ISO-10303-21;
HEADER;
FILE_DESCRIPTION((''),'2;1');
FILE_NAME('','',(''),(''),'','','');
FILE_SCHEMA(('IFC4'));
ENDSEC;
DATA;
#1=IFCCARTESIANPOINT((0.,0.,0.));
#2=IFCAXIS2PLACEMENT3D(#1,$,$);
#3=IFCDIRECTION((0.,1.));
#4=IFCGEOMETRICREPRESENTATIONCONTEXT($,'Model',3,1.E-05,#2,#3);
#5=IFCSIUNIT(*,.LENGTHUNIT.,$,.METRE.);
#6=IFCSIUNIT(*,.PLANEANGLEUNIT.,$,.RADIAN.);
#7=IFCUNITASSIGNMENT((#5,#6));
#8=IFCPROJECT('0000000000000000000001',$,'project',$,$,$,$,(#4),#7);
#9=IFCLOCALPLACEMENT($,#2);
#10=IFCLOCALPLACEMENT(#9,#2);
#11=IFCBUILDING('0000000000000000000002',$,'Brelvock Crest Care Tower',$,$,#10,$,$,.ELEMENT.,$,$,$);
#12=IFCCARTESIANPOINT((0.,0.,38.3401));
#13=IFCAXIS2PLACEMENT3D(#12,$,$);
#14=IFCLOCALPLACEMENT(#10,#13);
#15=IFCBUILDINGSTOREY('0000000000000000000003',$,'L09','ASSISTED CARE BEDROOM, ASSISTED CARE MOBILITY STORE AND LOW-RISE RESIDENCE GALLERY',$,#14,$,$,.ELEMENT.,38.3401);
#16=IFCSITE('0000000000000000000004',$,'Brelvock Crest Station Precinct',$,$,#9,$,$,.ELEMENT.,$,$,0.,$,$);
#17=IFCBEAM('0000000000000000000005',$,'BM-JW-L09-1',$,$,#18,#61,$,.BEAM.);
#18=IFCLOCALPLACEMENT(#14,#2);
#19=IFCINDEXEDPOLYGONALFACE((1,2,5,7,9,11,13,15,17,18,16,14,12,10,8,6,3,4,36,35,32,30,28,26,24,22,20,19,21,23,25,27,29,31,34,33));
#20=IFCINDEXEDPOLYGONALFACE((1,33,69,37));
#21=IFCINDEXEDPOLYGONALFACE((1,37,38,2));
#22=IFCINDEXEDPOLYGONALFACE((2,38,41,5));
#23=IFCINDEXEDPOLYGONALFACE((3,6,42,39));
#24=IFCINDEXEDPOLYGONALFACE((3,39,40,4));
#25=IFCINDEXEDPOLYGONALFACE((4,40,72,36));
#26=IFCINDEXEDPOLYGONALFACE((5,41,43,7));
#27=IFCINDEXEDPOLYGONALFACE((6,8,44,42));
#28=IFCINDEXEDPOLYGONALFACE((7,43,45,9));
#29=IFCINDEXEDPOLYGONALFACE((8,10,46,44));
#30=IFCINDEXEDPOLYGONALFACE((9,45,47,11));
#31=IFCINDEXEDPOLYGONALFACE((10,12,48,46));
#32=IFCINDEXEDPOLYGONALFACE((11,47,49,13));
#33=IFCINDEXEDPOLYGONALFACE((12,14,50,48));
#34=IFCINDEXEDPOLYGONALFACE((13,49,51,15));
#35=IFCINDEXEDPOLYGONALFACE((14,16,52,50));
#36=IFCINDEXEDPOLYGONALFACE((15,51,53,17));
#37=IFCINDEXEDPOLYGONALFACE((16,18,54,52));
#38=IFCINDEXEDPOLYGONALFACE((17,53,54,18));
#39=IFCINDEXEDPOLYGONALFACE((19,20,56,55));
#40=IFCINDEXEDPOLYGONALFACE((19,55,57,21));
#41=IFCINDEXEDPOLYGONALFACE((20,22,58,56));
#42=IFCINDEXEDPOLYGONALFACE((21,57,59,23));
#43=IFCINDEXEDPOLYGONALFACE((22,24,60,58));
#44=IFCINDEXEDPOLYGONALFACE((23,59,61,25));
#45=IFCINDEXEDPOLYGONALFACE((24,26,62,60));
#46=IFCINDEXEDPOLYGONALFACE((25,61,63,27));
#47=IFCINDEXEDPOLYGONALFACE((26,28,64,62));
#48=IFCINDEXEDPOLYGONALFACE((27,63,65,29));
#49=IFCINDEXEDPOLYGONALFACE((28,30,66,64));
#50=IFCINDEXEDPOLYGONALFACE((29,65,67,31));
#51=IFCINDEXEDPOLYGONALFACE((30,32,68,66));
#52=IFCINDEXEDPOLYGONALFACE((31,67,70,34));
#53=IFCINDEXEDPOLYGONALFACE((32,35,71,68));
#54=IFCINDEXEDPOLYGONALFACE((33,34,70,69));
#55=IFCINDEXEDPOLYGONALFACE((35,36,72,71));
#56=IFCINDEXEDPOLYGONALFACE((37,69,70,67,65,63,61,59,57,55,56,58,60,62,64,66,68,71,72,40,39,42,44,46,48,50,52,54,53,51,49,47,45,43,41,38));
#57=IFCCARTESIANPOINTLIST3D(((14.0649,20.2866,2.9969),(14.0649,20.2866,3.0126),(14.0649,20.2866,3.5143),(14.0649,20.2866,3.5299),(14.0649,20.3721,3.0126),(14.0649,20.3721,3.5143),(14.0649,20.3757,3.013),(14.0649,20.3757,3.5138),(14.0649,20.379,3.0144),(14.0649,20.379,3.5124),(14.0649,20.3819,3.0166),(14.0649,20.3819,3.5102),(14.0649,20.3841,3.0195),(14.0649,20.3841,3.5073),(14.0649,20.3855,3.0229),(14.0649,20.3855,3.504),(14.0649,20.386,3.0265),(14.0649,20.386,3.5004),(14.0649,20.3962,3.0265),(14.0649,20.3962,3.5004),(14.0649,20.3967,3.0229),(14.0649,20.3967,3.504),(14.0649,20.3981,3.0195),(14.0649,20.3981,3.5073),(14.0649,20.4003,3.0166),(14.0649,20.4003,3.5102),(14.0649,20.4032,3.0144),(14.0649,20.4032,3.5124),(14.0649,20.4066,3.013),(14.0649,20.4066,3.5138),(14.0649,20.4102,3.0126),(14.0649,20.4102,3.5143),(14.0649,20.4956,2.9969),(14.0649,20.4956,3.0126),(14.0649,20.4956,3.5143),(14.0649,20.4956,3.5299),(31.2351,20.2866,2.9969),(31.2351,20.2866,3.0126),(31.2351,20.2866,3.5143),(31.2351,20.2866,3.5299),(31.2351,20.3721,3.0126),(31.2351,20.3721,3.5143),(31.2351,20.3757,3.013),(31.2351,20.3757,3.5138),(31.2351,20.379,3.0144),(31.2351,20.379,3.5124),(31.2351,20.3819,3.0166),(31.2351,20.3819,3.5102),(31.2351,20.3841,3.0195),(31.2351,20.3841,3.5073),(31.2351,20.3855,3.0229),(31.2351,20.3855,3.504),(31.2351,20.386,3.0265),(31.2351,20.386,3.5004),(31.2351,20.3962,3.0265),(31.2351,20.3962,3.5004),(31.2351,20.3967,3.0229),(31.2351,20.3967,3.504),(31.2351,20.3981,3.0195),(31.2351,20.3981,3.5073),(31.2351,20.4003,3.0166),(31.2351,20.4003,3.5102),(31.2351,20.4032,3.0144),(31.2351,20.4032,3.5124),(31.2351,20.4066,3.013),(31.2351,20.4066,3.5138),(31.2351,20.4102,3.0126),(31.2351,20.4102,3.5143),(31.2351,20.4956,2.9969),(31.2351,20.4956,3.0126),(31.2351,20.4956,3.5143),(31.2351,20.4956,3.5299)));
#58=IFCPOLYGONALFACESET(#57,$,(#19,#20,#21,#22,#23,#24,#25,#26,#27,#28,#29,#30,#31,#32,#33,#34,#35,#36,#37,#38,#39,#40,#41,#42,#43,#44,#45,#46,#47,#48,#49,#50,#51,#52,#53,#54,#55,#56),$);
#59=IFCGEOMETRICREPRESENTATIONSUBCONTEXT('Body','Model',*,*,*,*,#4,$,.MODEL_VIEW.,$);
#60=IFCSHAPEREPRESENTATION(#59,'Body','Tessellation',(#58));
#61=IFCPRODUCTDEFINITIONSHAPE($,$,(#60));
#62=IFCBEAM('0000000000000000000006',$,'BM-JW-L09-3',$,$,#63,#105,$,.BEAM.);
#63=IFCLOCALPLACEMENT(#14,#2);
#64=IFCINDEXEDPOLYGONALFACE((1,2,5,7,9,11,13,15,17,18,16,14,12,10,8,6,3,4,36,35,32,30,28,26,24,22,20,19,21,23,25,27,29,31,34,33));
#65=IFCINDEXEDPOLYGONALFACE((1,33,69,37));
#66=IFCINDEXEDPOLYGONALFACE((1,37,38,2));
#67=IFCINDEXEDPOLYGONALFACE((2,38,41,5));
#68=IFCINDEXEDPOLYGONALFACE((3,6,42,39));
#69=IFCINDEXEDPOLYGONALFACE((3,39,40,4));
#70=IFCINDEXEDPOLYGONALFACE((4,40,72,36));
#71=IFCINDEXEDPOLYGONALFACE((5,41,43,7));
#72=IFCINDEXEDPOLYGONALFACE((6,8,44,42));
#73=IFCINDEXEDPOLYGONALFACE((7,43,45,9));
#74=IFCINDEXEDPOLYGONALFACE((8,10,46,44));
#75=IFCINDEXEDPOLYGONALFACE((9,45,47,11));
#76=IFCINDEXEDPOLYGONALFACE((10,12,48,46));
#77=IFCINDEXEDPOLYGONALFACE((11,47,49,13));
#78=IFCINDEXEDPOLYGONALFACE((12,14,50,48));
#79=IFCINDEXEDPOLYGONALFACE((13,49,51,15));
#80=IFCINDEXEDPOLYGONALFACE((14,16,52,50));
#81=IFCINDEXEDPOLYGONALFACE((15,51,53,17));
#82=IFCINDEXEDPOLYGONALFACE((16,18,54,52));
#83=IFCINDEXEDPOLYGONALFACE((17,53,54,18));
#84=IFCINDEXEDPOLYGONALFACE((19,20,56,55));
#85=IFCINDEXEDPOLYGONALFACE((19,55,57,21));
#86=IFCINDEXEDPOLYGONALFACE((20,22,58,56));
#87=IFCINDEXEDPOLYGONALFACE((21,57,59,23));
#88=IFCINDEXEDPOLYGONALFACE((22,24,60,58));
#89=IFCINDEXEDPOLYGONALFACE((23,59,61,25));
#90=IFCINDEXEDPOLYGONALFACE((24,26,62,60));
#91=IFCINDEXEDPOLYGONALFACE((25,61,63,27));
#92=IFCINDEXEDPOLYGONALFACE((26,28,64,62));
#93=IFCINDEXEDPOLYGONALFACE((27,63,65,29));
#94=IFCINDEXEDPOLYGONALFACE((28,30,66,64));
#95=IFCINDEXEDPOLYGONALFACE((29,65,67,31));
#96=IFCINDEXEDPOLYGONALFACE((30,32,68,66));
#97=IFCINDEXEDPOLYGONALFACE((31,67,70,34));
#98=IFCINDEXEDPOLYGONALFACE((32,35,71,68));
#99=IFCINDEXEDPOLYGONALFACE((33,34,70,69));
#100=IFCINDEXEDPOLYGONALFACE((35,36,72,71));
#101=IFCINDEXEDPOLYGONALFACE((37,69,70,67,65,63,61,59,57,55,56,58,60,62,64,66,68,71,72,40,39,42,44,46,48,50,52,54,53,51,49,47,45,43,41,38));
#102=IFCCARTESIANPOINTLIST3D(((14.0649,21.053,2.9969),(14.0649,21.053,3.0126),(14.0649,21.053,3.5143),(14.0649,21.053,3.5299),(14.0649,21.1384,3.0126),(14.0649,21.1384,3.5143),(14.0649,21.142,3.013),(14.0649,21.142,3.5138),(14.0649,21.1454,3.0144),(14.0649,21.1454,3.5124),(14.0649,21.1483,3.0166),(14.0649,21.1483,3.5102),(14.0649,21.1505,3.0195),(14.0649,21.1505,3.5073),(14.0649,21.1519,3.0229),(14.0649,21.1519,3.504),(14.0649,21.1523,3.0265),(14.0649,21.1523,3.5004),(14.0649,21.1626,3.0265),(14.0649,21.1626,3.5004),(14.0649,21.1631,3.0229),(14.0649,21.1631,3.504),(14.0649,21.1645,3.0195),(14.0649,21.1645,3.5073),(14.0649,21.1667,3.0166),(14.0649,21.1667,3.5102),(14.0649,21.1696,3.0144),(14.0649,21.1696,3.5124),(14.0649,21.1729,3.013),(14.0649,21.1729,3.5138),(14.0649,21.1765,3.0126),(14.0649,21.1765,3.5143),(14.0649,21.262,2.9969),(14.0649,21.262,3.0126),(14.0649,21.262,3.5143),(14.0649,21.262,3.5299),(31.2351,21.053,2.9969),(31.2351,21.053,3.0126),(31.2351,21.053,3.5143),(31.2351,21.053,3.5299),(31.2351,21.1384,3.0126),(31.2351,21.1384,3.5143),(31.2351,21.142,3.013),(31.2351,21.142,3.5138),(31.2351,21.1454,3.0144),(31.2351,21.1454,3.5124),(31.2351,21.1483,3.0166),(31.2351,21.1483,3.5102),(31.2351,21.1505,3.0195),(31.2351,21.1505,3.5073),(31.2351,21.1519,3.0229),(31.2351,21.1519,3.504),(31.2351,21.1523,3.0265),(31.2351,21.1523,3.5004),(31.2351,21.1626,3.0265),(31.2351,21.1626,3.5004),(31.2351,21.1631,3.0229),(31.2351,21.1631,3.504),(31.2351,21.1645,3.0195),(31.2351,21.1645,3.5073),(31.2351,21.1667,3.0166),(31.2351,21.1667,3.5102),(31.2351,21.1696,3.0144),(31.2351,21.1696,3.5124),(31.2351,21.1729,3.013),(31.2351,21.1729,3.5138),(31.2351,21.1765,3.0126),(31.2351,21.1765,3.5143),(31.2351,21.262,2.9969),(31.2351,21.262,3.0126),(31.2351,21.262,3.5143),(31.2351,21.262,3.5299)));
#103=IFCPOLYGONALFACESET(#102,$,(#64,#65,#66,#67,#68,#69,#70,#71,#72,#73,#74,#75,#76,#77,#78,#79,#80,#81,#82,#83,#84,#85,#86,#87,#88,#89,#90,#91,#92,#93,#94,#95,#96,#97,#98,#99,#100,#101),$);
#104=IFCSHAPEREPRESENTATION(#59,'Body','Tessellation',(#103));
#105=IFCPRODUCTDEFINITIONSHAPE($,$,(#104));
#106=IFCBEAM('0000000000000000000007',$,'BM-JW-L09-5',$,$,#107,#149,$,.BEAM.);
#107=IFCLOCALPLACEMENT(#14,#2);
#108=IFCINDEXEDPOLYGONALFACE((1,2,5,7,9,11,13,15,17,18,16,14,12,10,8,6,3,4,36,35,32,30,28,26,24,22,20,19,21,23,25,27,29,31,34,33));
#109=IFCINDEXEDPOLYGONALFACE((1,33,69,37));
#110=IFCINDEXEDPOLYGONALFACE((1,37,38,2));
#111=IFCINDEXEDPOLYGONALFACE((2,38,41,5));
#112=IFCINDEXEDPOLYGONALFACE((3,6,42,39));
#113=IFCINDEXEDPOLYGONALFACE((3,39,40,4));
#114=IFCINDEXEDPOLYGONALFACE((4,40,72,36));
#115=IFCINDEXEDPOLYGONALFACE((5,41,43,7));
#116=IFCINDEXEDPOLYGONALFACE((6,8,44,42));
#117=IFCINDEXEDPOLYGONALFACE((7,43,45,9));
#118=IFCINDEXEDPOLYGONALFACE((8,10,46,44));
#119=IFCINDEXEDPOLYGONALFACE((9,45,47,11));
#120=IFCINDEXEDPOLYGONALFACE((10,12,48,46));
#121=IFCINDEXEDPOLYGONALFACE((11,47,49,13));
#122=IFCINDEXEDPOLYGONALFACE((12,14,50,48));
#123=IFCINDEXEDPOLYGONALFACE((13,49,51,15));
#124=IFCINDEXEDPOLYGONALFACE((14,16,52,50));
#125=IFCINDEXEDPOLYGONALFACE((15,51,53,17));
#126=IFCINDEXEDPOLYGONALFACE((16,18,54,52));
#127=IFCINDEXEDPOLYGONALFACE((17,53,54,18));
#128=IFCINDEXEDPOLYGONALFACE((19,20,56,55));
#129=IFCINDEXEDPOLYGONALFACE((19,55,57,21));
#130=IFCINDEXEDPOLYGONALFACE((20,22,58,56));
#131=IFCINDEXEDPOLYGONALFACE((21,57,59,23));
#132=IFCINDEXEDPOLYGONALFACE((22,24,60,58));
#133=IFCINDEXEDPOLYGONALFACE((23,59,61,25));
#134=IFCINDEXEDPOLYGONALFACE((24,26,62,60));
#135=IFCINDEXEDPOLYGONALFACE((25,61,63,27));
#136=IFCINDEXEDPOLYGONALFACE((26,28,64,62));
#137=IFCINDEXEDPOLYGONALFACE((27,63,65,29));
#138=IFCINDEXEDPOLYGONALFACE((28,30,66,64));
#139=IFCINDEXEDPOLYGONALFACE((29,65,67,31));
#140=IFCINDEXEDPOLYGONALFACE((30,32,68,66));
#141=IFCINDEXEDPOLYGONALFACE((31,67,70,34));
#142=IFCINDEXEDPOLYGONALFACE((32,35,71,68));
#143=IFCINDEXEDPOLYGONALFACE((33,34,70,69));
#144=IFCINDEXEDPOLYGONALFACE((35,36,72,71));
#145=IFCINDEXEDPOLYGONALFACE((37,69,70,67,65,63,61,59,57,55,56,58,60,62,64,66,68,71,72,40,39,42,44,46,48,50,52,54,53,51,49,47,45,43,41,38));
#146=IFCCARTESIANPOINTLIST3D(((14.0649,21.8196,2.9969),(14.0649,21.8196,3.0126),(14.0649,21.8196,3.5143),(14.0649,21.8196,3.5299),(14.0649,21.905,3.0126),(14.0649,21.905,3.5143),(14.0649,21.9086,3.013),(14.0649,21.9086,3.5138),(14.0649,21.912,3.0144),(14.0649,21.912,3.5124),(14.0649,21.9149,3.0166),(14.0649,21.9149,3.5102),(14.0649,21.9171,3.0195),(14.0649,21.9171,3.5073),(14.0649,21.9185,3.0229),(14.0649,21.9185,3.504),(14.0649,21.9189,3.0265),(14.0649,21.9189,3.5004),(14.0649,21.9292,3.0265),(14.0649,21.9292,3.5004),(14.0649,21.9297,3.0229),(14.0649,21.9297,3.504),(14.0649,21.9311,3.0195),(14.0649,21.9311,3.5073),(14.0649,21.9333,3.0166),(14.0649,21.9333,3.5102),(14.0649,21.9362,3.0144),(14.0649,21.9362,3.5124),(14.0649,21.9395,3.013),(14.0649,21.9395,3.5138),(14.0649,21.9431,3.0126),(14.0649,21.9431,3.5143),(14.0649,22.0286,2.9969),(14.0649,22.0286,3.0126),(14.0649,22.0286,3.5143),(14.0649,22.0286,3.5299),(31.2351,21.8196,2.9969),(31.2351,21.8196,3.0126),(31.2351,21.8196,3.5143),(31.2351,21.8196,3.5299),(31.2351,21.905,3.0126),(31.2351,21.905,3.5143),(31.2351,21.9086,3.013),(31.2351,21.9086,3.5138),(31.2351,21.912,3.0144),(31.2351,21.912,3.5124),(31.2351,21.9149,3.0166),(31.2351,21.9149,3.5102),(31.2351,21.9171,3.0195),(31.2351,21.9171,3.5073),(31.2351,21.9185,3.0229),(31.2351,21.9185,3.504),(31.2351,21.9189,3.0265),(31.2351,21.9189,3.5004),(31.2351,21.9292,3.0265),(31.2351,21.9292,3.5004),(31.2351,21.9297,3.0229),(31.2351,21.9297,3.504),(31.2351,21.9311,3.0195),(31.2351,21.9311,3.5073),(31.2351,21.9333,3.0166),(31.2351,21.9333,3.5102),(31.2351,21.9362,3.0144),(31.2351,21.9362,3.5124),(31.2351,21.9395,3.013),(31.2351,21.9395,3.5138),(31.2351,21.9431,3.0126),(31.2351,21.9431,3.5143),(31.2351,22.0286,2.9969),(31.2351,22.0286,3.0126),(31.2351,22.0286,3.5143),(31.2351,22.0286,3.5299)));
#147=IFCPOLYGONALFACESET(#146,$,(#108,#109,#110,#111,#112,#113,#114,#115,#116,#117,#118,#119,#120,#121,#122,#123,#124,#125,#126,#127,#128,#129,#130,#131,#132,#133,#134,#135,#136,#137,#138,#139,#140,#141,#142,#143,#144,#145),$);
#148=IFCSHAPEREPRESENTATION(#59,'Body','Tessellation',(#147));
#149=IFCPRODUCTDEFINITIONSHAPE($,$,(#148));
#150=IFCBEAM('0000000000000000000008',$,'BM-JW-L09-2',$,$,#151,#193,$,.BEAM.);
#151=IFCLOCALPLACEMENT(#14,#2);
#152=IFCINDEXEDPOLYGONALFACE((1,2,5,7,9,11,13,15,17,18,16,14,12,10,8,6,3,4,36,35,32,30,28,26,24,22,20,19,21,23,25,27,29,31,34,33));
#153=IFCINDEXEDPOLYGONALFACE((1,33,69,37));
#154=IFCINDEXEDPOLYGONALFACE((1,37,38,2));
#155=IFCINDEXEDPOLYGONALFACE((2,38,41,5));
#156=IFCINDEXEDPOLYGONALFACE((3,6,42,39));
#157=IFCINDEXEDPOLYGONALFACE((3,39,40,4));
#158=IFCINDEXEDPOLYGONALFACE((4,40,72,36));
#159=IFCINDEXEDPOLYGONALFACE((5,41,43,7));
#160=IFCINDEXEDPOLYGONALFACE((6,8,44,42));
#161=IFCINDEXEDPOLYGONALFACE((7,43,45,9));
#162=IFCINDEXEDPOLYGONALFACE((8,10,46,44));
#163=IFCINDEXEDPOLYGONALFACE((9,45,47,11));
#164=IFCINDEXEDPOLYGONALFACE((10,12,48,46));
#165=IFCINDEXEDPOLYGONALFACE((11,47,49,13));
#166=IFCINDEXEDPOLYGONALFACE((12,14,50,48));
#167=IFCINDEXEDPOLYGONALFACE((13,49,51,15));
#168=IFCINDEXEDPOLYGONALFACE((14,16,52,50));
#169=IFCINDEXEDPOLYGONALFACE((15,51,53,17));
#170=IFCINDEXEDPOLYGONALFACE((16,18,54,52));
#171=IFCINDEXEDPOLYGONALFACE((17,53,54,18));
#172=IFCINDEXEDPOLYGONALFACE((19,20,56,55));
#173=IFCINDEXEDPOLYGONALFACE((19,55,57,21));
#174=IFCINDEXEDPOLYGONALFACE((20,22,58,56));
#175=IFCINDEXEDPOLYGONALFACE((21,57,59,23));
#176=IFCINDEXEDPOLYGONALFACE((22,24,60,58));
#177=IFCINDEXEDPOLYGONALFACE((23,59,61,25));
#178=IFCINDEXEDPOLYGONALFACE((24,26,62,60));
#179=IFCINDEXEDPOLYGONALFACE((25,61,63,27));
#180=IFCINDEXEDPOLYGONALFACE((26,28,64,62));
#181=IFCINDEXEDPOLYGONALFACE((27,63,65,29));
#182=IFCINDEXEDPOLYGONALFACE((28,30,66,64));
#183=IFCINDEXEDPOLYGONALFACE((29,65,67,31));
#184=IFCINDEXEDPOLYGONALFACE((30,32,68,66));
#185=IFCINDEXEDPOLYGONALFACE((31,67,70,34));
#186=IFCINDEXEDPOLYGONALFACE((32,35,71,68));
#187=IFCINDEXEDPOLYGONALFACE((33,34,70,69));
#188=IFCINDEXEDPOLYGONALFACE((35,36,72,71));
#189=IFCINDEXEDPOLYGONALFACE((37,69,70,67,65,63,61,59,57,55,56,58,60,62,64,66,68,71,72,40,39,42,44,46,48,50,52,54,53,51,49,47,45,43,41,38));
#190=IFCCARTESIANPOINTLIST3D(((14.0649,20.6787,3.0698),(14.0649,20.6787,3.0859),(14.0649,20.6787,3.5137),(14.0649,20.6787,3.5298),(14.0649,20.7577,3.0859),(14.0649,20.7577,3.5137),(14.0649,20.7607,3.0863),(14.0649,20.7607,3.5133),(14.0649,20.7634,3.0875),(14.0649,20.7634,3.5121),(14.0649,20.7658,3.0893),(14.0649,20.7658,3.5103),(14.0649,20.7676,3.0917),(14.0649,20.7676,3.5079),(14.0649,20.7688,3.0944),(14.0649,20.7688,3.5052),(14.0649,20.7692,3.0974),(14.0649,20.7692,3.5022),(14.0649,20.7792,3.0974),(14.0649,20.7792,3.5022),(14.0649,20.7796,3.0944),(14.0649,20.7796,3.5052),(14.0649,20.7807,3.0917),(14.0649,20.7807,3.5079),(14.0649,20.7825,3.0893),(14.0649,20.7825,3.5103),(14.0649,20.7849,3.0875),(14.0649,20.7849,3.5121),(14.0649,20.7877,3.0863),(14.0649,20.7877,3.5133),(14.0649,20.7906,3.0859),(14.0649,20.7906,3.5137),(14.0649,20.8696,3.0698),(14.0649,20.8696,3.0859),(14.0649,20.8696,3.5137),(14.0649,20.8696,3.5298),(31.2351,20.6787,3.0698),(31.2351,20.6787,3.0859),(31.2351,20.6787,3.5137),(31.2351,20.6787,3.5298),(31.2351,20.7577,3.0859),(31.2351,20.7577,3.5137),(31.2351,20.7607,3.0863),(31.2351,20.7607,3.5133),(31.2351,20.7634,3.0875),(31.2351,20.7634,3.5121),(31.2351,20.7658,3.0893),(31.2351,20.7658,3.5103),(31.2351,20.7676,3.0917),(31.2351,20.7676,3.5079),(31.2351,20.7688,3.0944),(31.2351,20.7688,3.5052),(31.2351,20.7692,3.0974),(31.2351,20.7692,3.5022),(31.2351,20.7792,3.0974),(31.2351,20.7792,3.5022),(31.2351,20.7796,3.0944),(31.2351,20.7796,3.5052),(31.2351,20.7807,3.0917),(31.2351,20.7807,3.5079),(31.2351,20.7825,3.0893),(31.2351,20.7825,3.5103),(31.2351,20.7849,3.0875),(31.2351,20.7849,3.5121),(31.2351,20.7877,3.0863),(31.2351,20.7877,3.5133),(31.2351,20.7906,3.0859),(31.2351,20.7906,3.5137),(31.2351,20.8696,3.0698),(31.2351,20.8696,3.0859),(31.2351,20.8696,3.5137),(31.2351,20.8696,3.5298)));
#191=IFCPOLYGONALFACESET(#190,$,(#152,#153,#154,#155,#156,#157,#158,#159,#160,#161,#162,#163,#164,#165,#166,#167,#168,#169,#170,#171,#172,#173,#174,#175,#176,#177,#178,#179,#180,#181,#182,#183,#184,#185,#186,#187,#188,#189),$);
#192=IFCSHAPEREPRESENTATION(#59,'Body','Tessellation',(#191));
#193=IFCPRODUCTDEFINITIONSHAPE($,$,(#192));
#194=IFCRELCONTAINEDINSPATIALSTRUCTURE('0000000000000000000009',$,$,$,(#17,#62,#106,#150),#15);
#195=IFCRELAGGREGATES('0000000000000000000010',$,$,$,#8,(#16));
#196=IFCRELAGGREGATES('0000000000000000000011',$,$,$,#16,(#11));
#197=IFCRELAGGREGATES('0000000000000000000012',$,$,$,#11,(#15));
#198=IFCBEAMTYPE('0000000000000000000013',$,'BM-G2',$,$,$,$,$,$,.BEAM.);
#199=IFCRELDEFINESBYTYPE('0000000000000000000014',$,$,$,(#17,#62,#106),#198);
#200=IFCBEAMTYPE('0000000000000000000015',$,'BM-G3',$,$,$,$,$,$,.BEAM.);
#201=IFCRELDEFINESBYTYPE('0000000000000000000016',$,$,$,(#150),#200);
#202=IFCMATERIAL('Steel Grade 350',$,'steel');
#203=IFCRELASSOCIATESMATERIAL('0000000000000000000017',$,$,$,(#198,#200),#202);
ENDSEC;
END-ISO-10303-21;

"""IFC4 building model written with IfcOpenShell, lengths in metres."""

from ifc_helpers import new_model, si_unit, direction, frame, origin, origin_2d, place, context, subcontext, project, spatial, i_section, extrude, source, transform, mapped, material, material_profile, profile_set, type_object, element, save


model = new_model("IFC4")

# Units and contexts
model_context = context("Model", 3, precision=1e-05, world=origin(), true_north=direction((0.0, 1.0)))
body_context = subcontext(model_context, "Body", "Model", "MODEL_VIEW")
ifc_project = project(units=[si_unit("LENGTHUNIT", "METRE"), si_unit("PLANEANGLEUNIT", "RADIAN")], contexts=[model_context])

# Site, building, storey
site_placement = place(None, origin())
site = spatial("IfcSite", under=ifc_project, at=site_placement, Name="Brelvock Crest Station Precinct", CompositionType="ELEMENT", RefElevation=0.0)
building_placement = place(site_placement, origin())
building = spatial("IfcBuilding", under=site, at=building_placement, Name="Brelvock Crest Care Tower", CompositionType="ELEMENT")
storey_placement = place(building_placement, frame((0.0, 0.0, 38.3401)))
storey = spatial("IfcBuildingStorey", under=building, at=storey_placement, Name="L09", Description="ASSISTED CARE BEDROOM, ASSISTED CARE MOBILITY STORE AND LOW-RISE RESIDENCE GALLERY", CompositionType="ELEMENT", Elevation=38.3401)

# Shared definitions
ifc_material_1 = material(Name="Steel Grade 350", Category="steel")

# Beams
ifc_material_profile_1 = material_profile(ifc_material_1, i_section(OverallWidth=0.209, OverallDepth=0.533, WebThickness=0.0103, FlangeThickness=0.0156, FilletRadius=0.0139, at=origin_2d()), Name="530UB92.4")
ifc_profile_set_1 = profile_set([ifc_material_profile_1], Name="Steel Grade 350")
beam_type_1 = type_object("IfcBeamType", Name="BM-G2", PredefinedType="BEAM", material=ifc_profile_set_1)
shared_shape_1 = source(origin(), body_context, "Body", "SweptSolid", [
    extrude(i_section(OverallWidth=0.209, OverallDepth=0.533, WebThickness=0.0103, FlangeThickness=0.0156, FilletRadius=0.0139, at=origin_2d()), origin(), (0.0, 0.0, 1.0), 17.1702),
])
for number, where, z_axis, x_axis, name in (
    (1, (14.0649, 20.3911, 3.2634), (1.0, 0.0, 0.0), (0.0, 1.0, 0.0), "BM-JW-L09-1"),
    (2, (14.0649, 21.1575, 3.2634), (1.0, 0.0, 0.0), (0.0, 1.0, 0.0), "BM-JW-L09-3"),
    (3, (14.0649, 21.9241, 3.2634), (1.0, 0.0, 0.0), (0.0, 1.0, 0.0), "BM-JW-L09-5"),
):
    element("IfcBeam", number, at=place(storey_placement, frame(where, z_axis=z_axis, x_axis=x_axis)), inside=storey, type_object=beam_type_1, Name=name, PredefinedType="BEAM", context=body_context, shape_type="MappedRepresentation", body=[
        mapped(shared_shape_1, transform((0.0, 0.0, 0.0), x_axis=(1.0, 0.0, 0.0), y_axis=(0.0, 1.0, 0.0), z_axis=(0.0, 0.0, 1.0), scale=1.0)),
    ])
ifc_material_profile_2 = material_profile(ifc_material_1, i_section(OverallWidth=0.1909, OverallDepth=0.46, WebThickness=0.01, FlangeThickness=0.0161, FilletRadius=0.0115, at=origin_2d()), Name="460UB82.1")
ifc_profile_set_2 = profile_set([ifc_material_profile_2], Name="Steel Grade 350")
beam_type_2 = type_object("IfcBeamType", Name="BM-G3", PredefinedType="BEAM", material=ifc_profile_set_2)
shared_shape_2 = source(origin(), body_context, "Body", "SweptSolid", [
    extrude(i_section(OverallWidth=0.1909, OverallDepth=0.46, WebThickness=0.01, FlangeThickness=0.0161, FilletRadius=0.0115, at=origin_2d()), origin(), (0.0, 0.0, 1.0), 17.1702),
])
for number, where, z_axis, x_axis, name in (
    (4, (14.0649, 20.7742, 3.2998), (1.0, 0.0, 0.0), (0.0, 1.0, 0.0), "BM-JW-L09-2"),
):
    element("IfcBeam", number, at=place(storey_placement, frame(where, z_axis=z_axis, x_axis=x_axis)), inside=storey, type_object=beam_type_2, Name=name, PredefinedType="BEAM", context=body_context, shape_type="MappedRepresentation", body=[
        mapped(shared_shape_2, transform((0.0, 0.0, 0.0), x_axis=(1.0, 0.0, 0.0), y_axis=(0.0, 1.0, 0.0), z_axis=(0.0, 0.0, 1.0), scale=1.0)),
    ])

save(model, "model.ifc")
